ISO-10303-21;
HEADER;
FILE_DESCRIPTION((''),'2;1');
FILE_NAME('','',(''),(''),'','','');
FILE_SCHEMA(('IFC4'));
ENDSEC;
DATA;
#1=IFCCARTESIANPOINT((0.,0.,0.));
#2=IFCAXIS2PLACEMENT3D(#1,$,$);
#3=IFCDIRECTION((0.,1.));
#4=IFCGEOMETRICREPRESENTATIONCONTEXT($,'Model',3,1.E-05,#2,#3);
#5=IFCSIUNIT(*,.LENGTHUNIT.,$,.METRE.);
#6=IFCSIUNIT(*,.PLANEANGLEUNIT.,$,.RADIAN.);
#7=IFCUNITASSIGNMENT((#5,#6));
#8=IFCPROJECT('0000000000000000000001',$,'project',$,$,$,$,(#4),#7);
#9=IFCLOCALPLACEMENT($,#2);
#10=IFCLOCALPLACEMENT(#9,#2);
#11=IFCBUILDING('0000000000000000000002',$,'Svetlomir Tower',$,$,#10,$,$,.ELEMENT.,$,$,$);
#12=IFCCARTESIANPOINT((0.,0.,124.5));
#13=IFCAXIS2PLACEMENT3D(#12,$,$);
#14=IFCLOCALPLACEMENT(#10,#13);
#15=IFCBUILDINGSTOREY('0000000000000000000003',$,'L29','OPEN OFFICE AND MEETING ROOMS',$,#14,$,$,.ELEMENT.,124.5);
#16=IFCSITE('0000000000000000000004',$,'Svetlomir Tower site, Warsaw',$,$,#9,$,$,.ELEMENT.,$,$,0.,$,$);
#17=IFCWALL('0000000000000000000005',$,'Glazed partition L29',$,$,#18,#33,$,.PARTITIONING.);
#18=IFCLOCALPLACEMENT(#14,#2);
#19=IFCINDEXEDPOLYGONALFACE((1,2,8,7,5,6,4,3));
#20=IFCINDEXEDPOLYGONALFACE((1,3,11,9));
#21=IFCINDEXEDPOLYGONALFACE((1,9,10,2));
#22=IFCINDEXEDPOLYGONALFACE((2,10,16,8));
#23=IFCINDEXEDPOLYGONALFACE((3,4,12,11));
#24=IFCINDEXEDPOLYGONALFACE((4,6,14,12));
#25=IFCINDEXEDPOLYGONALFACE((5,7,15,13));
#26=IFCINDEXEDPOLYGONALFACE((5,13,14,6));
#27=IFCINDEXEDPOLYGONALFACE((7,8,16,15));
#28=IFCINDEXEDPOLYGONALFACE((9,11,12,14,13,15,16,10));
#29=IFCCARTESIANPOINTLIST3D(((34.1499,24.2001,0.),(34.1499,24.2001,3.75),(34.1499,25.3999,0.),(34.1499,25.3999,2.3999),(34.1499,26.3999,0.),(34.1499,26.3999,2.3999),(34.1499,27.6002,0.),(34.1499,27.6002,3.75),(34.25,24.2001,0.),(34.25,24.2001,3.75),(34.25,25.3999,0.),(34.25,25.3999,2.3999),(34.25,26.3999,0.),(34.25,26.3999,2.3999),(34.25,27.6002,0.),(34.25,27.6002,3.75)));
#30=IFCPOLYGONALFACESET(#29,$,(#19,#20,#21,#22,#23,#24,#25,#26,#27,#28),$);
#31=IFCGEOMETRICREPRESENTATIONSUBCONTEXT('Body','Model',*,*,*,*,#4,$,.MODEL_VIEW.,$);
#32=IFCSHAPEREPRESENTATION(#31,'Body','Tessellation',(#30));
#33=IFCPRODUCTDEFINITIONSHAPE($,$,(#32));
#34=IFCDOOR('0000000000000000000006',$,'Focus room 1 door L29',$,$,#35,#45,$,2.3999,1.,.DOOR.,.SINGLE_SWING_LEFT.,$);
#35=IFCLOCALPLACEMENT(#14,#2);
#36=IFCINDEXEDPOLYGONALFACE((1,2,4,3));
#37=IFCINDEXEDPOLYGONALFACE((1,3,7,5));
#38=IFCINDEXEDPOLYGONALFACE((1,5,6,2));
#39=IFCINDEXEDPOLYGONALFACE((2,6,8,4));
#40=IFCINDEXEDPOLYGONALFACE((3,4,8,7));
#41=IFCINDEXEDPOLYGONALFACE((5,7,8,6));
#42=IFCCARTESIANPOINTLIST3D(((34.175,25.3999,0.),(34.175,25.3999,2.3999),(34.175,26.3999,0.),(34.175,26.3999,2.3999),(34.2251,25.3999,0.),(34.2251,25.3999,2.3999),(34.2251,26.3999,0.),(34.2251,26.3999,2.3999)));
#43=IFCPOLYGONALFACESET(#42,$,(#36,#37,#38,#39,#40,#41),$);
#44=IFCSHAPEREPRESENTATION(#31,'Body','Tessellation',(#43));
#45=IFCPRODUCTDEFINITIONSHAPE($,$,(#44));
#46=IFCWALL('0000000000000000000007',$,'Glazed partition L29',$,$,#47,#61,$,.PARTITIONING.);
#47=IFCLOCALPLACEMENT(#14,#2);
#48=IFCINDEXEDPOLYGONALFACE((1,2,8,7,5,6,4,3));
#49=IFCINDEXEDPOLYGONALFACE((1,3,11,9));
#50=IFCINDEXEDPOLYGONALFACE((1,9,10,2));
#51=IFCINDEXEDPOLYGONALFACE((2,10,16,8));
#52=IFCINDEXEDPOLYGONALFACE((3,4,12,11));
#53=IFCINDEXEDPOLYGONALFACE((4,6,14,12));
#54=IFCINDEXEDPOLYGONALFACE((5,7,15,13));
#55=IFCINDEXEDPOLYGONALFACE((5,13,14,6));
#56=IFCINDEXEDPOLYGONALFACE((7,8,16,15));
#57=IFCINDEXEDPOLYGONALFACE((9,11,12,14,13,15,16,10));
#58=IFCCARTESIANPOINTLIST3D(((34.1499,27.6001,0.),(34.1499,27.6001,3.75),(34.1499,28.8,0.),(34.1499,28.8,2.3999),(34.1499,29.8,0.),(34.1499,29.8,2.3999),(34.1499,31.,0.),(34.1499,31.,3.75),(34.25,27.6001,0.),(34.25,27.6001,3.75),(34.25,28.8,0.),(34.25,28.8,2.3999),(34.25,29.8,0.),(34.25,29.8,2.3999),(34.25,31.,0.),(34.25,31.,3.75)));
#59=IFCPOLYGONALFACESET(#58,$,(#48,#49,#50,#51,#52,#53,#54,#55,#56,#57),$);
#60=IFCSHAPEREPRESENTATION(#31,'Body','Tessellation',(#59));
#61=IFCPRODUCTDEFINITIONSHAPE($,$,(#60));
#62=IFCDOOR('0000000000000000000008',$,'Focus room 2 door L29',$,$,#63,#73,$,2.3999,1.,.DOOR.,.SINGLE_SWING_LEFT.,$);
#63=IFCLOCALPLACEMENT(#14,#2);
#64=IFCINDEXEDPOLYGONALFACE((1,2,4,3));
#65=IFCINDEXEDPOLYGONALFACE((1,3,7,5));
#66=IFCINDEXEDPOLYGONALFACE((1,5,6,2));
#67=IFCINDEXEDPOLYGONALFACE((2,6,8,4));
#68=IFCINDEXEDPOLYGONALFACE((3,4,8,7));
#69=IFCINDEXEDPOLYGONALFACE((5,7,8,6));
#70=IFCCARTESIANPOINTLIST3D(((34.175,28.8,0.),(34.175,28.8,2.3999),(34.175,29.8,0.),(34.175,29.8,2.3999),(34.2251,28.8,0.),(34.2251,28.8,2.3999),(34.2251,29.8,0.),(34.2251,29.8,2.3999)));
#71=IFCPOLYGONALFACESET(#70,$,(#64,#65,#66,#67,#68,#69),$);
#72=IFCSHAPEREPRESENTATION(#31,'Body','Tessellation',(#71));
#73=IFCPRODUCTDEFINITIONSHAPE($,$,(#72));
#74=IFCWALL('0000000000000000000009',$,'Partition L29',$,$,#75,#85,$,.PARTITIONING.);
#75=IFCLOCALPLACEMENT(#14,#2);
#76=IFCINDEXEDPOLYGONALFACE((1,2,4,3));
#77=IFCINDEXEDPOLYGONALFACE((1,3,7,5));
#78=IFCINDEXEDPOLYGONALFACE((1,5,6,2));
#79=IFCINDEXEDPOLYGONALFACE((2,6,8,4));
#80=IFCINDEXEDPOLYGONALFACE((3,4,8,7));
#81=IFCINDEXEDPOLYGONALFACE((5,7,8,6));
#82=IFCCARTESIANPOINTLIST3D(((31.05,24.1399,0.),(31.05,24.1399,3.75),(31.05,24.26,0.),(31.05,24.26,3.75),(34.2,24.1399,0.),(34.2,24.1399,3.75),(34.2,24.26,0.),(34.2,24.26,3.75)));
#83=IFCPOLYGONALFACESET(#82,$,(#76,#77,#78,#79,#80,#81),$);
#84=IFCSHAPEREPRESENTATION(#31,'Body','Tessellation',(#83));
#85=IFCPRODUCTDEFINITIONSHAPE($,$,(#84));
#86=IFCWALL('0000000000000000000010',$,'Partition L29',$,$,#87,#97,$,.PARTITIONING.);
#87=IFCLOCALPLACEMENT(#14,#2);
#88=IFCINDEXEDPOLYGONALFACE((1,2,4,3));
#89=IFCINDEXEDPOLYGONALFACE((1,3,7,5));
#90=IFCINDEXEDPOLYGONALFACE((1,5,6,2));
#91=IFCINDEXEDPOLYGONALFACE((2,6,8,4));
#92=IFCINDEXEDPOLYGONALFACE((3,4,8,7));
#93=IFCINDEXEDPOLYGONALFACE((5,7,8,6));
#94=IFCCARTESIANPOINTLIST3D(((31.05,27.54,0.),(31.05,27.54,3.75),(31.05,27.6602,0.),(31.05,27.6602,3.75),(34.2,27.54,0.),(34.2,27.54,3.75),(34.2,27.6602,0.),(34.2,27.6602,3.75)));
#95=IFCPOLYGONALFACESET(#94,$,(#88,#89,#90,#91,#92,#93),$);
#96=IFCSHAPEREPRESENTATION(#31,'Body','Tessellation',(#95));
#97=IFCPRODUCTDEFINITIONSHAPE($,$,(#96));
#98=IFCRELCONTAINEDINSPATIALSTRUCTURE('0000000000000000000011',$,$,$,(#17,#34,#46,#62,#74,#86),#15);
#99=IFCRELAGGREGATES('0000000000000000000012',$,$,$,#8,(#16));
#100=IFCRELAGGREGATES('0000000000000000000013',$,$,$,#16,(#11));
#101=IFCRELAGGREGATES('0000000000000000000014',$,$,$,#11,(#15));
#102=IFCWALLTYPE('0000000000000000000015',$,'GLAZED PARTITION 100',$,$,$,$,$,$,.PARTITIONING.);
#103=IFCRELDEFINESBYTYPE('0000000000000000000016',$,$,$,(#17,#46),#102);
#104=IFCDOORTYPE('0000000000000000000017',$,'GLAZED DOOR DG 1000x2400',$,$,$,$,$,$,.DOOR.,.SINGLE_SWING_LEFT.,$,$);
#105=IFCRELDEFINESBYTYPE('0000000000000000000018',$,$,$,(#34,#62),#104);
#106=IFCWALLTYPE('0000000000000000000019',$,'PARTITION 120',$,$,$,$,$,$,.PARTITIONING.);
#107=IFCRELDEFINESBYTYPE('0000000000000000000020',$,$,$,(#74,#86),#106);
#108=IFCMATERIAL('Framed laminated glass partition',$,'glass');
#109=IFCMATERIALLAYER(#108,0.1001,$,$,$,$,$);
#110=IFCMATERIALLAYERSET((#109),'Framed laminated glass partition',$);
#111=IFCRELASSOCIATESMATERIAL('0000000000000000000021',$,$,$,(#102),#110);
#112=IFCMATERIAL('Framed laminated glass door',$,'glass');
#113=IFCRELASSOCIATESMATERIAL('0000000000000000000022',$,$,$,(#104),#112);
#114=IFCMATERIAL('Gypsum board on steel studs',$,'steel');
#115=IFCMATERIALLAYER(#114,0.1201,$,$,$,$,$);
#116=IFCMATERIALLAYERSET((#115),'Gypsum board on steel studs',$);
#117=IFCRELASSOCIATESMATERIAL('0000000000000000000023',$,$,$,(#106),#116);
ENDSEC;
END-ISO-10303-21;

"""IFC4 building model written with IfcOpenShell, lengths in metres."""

from ifc_helpers import new_model, si_unit, direction, frame, frame_2d, origin, place, context, subcontext, project, spatial, rectangle, extrude, material, layer, layer_set, type_object, element, fill, save


model = new_model("IFC4")

# Units and contexts
model_context = context("Model", 3, precision=1e-05, world=origin(), true_north=direction((0.0, 1.0)))
body_context = subcontext(model_context, "Body", "Model", "MODEL_VIEW")
ifc_project = project(units=[si_unit("LENGTHUNIT", "METRE"), si_unit("PLANEANGLEUNIT", "RADIAN")], contexts=[model_context])

# Site, building, storey
site_placement = place(None, origin())
site = spatial("IfcSite", under=ifc_project, at=site_placement, Name="Svetlomir Tower site, Warsaw", CompositionType="ELEMENT", RefElevation=0.0)
building_placement = place(site_placement, origin())
building = spatial("IfcBuilding", under=site, at=building_placement, Name="Svetlomir Tower", CompositionType="ELEMENT")
storey_placement = place(building_placement, frame((0.0, 0.0, 124.5)))
storey = spatial("IfcBuildingStorey", under=building, at=storey_placement, Name="L29", Description="OPEN OFFICE AND MEETING ROOMS", CompositionType="ELEMENT", Elevation=124.5)

# Shared definitions
ifc_material_1 = material(Name="Framed laminated glass partition", Category="glass")
ifc_layer_1 = layer(ifc_material_1, 0.1001)
ifc_layer_set_1 = layer_set([ifc_layer_1], Name="Framed laminated glass partition")
wall_type_1 = type_object("IfcWallType", Name="GLAZED PARTITION 100", PredefinedType="PARTITIONING", material=ifc_layer_set_1)

# Walls, openings, doors
ifc_material_2 = material(Name="Framed laminated glass door", Category="glass")
door_type_1 = type_object("IfcDoorType", Name="GLAZED DOOR DG 1000x2400", OperationType="SINGLE_SWING_LEFT", PredefinedType="DOOR", material=ifc_material_2)
wall_1_placement = place(storey_placement, frame((34.2, 24.2, 0.0), z_axis=(0.0, 0.0, 1.0), x_axis=(0.0, 1.0, 0.0)))
wall_1 = element("IfcWall", 1, at=wall_1_placement, inside=storey, type_object=wall_type_1, Name="Glazed partition L29", PredefinedType="PARTITIONING", context=body_context, shape_type="SweptSolid", body=[
    extrude(rectangle(XDim=3.4001, YDim=0.1001, at=frame_2d((1.7002, 0.0))), origin(), (0.0, 0.0, 1.0), 3.75),
])
opening_1_placement = place(wall_1_placement, frame((1.2, 0.0, 0.0)))
opening_1 = element("IfcOpeningElement", 2, at=opening_1_placement, cuts=wall_1, PredefinedType="OPENING", context=body_context, shape_type="SweptSolid", body=[
    extrude(rectangle(XDim=1.0, YDim=2.3999, at=frame_2d((0.5, 1.2))), frame((0.0, 0.0601, 0.0), z_axis=(0.0, -1.0, 0.0), x_axis=(1.0, 0.0, 0.0)), (0.0, 0.0, 1.0), 0.1201),
])
door_1_placement = place(opening_1_placement, origin())
door_1 = element("IfcDoor", 3, at=door_1_placement, inside=storey, type_object=door_type_1, Name="Focus room 1 door L29", OperationType="SINGLE_SWING_LEFT", OverallHeight=2.3999, OverallWidth=1.0, PredefinedType="DOOR", context=body_context, shape_type="SweptSolid", body=[
    extrude(rectangle(XDim=1.0, YDim=2.3999, at=frame_2d((0.5, 1.2))), frame((0.0, 0.0249, 0.0), z_axis=(0.0, -1.0, 0.0), x_axis=(1.0, 0.0, 0.0)), (0.0, 0.0, 1.0), 0.05),
])
fill(opening_1, door_1)
wall_2_placement = place(storey_placement, frame((34.2, 27.6001, 0.0), z_axis=(0.0, 0.0, 1.0), x_axis=(0.0, 1.0, 0.0)))
wall_2 = element("IfcWall", 4, at=wall_2_placement, inside=storey, type_object=wall_type_1, Name="Glazed partition L29", PredefinedType="PARTITIONING", context=body_context, shape_type="SweptSolid", body=[
    extrude(rectangle(XDim=3.3999, YDim=0.1001, at=frame_2d((1.7, 0.0))), origin(), (0.0, 0.0, 1.0), 3.75),
])
opening_2_placement = place(wall_2_placement, frame((1.2, 0.0, 0.0)))
opening_2 = element("IfcOpeningElement", 5, at=opening_2_placement, cuts=wall_2, PredefinedType="OPENING", context=body_context, shape_type="SweptSolid", body=[
    extrude(rectangle(XDim=1.0, YDim=2.3999, at=frame_2d((0.5, 1.2))), frame((0.0, 0.0601, 0.0), z_axis=(0.0, -1.0, 0.0), x_axis=(1.0, 0.0, 0.0)), (0.0, 0.0, 1.0), 0.1201),
])
door_2_placement = place(opening_2_placement, origin())
door_2 = element("IfcDoor", 6, at=door_2_placement, inside=storey, type_object=door_type_1, Name="Focus room 2 door L29", OperationType="SINGLE_SWING_LEFT", OverallHeight=2.3999, OverallWidth=1.0, PredefinedType="DOOR", context=body_context, shape_type="SweptSolid", body=[
    extrude(rectangle(XDim=1.0, YDim=2.3999, at=frame_2d((0.5, 1.2))), frame((0.0, 0.0249, 0.0), z_axis=(0.0, -1.0, 0.0), x_axis=(1.0, 0.0, 0.0)), (0.0, 0.0, 1.0), 0.05),
])
fill(opening_2, door_2)

# Walls
ifc_material_3 = material(Name="Gypsum board on steel studs", Category="steel")
ifc_layer_2 = layer(ifc_material_3, 0.1201)
ifc_layer_set_2 = layer_set([ifc_layer_2], Name="Gypsum board on steel studs")
wall_type_2 = type_object("IfcWallType", Name="PARTITION 120", PredefinedType="PARTITIONING", material=ifc_layer_set_2)
for number, where, z_axis, x_axis, name in (
    (7, (31.05, 24.2, 0.0), (0.0, 0.0, 1.0), (1.0, 0.0, 0.0), "Partition L29"),
    (8, (31.05, 27.6001, 0.0), (0.0, 0.0, 1.0), (1.0, 0.0, 0.0), "Partition L29"),
):
    element("IfcWall", number, at=place(storey_placement, frame(where, z_axis=z_axis, x_axis=x_axis)), inside=storey, type_object=wall_type_2, Name=name, PredefinedType="PARTITIONING", context=body_context, shape_type="SweptSolid", body=[
        extrude(rectangle(XDim=3.1499, YDim=0.1201, at=frame_2d((1.575, 0.0))), origin(), (0.0, 0.0, 1.0), 3.75),
    ])

save(model, "model.ifc")
